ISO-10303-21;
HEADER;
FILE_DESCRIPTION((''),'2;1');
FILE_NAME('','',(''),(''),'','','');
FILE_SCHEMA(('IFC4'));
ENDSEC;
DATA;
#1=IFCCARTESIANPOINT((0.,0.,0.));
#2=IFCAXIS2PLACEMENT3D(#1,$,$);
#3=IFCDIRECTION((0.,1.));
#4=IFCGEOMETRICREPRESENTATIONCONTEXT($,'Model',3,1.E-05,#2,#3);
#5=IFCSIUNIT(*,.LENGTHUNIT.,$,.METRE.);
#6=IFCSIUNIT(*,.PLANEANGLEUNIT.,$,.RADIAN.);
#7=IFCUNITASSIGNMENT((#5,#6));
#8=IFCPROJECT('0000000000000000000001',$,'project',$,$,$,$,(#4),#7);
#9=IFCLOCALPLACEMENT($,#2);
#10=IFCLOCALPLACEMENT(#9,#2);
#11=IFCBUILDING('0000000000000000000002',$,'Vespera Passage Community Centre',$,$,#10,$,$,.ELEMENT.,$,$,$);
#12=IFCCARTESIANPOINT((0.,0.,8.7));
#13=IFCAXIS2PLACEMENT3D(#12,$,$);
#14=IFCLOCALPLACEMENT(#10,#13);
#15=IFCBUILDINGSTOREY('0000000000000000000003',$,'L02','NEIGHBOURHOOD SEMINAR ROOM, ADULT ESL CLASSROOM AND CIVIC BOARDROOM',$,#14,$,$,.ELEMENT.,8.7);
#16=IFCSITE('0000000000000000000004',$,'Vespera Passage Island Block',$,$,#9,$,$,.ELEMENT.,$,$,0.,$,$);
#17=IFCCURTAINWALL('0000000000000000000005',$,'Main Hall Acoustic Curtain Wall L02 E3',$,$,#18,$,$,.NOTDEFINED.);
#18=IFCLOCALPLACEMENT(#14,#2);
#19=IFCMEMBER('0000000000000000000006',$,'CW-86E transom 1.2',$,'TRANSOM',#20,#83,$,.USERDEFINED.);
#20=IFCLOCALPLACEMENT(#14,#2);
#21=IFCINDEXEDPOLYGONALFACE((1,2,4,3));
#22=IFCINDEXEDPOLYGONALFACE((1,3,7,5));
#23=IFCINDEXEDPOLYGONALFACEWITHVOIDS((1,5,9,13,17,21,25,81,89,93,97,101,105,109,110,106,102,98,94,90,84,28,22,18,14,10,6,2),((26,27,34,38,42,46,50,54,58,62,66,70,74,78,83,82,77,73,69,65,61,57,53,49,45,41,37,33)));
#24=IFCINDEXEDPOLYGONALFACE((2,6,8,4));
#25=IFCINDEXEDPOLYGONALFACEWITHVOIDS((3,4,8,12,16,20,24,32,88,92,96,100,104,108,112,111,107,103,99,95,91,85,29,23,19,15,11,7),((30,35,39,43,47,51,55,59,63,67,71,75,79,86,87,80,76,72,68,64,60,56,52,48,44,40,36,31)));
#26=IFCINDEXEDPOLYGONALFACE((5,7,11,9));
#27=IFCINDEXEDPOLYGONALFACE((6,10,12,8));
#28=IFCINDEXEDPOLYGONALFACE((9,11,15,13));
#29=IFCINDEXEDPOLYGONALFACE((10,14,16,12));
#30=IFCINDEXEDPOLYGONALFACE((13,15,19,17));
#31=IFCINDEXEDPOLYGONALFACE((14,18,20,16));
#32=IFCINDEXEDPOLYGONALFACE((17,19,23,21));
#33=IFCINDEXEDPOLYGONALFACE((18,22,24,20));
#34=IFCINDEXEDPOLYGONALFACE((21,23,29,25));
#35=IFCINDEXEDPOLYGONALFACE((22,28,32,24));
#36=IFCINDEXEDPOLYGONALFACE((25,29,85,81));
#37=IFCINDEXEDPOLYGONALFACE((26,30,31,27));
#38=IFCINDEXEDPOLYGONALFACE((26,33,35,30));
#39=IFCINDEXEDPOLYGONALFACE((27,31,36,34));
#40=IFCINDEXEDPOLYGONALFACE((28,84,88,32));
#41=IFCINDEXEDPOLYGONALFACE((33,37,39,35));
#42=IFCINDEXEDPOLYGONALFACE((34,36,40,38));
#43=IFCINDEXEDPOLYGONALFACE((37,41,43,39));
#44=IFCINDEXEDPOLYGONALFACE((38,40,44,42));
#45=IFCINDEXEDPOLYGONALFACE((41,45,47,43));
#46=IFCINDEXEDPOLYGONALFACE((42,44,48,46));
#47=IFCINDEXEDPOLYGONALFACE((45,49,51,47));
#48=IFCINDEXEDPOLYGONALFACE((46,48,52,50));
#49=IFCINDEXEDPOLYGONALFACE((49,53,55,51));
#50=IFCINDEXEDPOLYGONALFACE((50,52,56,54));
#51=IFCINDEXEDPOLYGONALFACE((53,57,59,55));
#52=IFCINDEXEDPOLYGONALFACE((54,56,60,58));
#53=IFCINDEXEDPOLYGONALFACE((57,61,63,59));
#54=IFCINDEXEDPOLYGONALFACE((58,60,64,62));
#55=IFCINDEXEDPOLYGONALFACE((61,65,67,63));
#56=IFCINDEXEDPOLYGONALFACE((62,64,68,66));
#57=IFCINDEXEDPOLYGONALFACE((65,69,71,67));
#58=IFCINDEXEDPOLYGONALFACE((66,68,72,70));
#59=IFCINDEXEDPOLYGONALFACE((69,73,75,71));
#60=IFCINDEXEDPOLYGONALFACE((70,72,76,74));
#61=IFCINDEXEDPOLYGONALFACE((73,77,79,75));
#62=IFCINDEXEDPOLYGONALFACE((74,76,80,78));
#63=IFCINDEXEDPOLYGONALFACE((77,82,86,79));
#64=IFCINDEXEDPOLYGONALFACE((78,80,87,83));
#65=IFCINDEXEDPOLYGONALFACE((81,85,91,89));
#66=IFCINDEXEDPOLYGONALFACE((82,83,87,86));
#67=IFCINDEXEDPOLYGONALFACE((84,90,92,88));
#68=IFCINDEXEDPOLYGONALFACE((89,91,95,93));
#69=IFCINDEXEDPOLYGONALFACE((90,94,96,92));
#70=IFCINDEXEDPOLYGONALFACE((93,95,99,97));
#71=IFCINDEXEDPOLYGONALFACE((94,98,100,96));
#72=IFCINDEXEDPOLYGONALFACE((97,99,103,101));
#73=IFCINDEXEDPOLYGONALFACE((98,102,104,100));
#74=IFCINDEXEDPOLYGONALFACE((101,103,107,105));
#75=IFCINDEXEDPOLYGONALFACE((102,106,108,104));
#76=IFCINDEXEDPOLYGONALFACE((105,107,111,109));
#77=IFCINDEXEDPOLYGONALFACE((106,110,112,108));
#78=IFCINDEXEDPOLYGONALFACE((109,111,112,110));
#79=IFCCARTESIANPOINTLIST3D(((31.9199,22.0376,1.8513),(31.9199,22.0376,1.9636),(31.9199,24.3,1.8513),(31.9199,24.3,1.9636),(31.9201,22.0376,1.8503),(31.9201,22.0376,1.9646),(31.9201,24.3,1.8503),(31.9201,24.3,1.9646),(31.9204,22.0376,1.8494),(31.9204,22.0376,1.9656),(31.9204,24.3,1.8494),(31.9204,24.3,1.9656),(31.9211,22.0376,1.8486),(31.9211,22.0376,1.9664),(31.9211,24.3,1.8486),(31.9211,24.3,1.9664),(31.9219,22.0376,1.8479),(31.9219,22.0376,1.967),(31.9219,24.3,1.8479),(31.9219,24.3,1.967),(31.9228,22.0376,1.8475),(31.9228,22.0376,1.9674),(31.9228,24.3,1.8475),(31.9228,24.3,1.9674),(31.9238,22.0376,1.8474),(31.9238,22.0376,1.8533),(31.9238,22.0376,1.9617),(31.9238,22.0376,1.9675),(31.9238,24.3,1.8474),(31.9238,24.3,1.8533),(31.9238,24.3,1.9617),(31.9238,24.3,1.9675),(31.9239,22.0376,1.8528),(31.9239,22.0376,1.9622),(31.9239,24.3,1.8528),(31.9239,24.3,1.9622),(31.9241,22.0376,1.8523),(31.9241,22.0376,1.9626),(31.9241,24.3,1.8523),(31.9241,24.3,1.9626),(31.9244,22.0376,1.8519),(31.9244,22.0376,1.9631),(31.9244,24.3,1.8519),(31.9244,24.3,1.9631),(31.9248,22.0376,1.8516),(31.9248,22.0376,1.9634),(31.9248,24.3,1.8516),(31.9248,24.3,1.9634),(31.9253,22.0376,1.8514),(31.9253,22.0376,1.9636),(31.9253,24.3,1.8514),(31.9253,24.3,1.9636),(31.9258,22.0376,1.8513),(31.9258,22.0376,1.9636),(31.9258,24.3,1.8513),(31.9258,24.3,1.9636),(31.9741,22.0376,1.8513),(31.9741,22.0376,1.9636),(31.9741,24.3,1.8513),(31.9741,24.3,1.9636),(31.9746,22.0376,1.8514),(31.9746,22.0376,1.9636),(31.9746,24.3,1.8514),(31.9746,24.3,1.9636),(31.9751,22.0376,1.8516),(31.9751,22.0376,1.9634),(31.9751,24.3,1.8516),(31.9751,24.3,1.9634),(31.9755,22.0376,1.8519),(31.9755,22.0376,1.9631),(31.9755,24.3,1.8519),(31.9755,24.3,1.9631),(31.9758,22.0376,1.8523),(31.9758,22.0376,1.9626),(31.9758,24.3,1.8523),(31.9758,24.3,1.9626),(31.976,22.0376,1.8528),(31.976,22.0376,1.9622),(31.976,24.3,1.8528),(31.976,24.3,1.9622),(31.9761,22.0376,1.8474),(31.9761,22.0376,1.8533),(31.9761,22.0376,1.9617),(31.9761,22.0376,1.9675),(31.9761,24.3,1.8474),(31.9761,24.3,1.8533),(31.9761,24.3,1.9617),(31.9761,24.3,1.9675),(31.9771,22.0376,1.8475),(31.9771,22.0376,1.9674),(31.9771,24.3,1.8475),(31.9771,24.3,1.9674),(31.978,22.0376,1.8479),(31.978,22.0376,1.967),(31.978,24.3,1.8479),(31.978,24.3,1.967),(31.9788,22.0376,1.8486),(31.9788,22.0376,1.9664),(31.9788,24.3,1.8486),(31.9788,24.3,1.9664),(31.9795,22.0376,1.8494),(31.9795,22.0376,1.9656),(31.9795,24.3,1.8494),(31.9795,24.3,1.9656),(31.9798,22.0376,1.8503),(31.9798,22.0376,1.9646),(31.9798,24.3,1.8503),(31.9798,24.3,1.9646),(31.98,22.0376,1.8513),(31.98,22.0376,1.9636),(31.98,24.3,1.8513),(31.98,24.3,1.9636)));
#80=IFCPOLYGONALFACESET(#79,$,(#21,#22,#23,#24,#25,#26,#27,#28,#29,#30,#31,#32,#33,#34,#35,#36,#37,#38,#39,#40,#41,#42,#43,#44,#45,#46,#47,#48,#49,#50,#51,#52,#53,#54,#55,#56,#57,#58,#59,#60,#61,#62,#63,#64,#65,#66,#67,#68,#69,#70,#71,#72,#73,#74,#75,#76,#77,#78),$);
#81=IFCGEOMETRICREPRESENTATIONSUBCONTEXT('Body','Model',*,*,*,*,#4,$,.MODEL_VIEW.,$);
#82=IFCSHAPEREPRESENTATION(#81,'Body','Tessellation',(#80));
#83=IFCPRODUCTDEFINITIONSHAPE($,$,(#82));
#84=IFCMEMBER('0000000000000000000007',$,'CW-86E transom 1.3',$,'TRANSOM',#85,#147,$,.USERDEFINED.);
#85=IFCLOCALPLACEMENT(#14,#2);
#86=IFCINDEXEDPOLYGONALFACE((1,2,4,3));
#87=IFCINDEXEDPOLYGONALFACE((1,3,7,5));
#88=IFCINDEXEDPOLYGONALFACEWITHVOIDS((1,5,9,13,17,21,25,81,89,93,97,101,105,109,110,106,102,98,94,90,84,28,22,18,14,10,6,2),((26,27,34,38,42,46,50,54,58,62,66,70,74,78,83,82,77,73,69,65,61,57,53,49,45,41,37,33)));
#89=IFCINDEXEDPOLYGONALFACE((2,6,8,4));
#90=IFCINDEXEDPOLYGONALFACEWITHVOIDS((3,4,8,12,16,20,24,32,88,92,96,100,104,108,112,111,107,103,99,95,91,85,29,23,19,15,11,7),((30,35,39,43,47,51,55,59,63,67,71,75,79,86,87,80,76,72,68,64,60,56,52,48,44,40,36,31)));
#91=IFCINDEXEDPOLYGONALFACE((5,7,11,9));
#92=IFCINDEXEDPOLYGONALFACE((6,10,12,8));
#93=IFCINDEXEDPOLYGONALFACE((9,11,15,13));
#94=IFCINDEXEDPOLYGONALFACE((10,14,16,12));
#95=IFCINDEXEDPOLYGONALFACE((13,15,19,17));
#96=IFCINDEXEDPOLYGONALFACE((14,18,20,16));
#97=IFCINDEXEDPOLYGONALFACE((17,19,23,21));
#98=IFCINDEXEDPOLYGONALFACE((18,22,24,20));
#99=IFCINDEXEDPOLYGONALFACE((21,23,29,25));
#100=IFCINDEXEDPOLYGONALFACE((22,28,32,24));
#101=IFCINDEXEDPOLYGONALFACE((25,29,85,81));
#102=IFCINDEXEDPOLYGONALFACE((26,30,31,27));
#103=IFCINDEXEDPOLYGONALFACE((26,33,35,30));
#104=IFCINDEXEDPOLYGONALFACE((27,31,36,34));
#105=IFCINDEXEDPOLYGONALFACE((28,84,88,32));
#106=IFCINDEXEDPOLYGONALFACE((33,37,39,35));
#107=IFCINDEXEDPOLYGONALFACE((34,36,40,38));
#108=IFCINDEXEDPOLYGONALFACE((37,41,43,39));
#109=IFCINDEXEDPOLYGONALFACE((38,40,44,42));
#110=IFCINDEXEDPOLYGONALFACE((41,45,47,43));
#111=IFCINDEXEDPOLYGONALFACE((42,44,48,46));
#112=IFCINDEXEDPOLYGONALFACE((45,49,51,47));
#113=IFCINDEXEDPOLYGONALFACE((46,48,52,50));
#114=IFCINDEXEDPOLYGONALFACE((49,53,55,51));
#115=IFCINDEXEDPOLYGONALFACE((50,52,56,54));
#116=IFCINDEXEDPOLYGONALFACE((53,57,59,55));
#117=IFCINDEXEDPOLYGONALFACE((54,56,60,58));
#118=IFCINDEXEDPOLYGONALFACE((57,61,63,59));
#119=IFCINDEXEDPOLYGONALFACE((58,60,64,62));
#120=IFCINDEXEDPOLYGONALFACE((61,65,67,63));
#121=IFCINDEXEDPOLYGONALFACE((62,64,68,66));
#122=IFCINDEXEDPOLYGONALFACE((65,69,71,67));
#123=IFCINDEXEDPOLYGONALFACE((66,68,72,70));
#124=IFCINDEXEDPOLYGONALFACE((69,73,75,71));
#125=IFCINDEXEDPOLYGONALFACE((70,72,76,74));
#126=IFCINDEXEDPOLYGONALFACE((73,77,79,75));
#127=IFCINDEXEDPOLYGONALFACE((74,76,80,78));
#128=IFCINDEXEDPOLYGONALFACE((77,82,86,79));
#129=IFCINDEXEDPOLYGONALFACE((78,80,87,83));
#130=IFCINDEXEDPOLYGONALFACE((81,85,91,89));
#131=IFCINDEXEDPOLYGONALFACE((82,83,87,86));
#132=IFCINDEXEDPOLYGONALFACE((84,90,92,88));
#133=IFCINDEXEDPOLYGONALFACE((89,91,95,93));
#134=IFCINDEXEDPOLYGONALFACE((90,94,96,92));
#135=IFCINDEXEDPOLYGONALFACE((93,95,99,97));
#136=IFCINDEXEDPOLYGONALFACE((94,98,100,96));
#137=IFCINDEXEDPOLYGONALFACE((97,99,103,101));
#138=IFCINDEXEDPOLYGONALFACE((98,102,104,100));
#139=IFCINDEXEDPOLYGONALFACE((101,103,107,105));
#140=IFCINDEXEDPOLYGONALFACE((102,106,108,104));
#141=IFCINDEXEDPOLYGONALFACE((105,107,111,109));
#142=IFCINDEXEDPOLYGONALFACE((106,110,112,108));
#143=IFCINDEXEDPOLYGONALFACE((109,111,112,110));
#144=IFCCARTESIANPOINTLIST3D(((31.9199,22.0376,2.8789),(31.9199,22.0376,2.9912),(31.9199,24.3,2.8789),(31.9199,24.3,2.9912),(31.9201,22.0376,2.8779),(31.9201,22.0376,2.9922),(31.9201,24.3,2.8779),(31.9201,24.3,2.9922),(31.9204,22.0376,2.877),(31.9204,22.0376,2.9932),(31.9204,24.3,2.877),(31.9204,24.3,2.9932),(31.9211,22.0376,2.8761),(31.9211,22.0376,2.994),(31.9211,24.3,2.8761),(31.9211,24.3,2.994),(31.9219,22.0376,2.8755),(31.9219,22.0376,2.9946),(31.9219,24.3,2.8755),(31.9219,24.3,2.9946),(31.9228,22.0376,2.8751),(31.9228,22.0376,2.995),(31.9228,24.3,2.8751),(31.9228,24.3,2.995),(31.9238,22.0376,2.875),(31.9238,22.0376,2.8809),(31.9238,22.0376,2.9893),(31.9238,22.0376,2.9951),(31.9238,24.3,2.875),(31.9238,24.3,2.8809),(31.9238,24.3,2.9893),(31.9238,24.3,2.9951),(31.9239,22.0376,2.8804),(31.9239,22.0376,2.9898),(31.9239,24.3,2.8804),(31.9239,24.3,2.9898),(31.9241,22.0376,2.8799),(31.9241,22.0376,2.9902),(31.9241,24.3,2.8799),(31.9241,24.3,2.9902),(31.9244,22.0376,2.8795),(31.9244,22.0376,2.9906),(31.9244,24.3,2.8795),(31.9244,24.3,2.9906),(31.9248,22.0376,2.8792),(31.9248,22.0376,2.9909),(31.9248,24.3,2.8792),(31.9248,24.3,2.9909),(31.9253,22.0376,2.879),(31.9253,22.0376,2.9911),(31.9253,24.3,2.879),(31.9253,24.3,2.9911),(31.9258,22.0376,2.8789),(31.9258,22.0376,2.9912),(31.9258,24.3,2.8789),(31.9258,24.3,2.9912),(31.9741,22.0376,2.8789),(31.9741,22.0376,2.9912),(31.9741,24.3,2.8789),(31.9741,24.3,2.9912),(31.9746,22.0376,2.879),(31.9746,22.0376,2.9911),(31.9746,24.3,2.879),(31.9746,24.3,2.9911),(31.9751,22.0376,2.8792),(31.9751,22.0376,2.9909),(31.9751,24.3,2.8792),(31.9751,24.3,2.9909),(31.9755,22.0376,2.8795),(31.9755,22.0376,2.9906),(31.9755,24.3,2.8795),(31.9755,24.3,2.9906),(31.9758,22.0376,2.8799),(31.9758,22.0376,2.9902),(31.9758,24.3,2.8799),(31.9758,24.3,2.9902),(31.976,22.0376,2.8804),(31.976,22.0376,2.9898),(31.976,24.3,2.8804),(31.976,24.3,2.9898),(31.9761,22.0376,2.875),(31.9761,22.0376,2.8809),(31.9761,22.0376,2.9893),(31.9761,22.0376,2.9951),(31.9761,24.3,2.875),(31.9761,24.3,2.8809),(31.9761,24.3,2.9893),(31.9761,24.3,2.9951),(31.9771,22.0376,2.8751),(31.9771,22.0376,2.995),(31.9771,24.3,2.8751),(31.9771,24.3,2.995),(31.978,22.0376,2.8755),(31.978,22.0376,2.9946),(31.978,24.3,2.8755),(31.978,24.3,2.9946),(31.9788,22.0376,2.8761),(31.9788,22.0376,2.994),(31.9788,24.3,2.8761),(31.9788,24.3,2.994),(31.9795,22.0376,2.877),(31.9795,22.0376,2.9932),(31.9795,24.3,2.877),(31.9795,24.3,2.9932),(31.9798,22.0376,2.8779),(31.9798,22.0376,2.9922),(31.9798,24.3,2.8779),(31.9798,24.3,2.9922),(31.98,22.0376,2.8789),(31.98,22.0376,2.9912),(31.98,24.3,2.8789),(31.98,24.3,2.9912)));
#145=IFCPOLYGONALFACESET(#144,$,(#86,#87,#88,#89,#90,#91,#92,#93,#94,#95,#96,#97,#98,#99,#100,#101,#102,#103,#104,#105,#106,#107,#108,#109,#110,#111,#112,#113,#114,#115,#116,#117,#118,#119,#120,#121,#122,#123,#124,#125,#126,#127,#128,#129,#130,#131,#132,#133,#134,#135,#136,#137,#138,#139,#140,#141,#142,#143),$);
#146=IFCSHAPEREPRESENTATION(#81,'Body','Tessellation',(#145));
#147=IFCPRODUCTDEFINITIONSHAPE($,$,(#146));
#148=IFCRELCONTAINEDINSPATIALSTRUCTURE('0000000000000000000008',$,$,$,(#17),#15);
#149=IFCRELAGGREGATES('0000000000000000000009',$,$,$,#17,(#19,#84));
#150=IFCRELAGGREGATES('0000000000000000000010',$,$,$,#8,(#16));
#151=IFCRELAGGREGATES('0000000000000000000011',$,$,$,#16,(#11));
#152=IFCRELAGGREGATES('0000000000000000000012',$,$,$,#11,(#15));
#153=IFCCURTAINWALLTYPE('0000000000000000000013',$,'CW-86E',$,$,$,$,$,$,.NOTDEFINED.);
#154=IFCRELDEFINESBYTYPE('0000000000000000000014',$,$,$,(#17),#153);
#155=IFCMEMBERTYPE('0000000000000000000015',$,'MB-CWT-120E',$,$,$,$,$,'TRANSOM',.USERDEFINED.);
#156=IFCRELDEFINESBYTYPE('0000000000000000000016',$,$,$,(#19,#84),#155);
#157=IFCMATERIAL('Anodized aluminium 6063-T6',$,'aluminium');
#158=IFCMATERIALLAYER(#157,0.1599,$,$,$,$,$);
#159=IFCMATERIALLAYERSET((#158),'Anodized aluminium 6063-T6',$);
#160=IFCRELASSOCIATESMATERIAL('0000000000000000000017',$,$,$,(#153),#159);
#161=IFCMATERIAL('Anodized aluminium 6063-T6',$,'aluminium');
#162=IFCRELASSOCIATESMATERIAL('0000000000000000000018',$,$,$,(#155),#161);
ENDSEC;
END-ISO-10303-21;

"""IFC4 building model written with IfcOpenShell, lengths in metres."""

from ifc_helpers import new_model, si_unit, direction, frame, origin, origin_2d, place, context, subcontext, project, spatial, hollow_rectangle, extrude, material, layer, layer_set, material_profile, profile_set, type_object, element, aggregate, save


model = new_model("IFC4")

# Units and contexts
model_context = context("Model", 3, precision=1e-05, world=origin(), true_north=direction((0.0, 1.0)))
body_context = subcontext(model_context, "Body", "Model", "MODEL_VIEW")
ifc_project = project(units=[si_unit("LENGTHUNIT", "METRE"), si_unit("PLANEANGLEUNIT", "RADIAN")], contexts=[model_context])

# Site, building, storey
site_placement = place(None, origin())
site = spatial("IfcSite", under=ifc_project, at=site_placement, Name="Vespera Passage Island Block", CompositionType="ELEMENT", RefElevation=0.0)
building_placement = place(site_placement, origin())
building = spatial("IfcBuilding", under=site, at=building_placement, Name="Vespera Passage Community Centre", CompositionType="ELEMENT")
storey_placement = place(building_placement, frame((0.0, 0.0, 8.7)))
storey = spatial("IfcBuildingStorey", under=building, at=storey_placement, Name="L02", Description="NEIGHBOURHOOD SEMINAR ROOM, ADULT ESL CLASSROOM AND CIVIC BOARDROOM", CompositionType="ELEMENT", Elevation=8.7)

# Shared definitions
ifc_material_1 = material(Name="Anodized aluminium 6063-T6", Category="aluminium")
ifc_layer_1 = layer(ifc_material_1, 0.1599)
ifc_layer_set_1 = layer_set([ifc_layer_1], Name="Anodized aluminium 6063-T6")
curtain_wall_type = type_object("IfcCurtainWallType", Name="CW-86E", PredefinedType="NOTDEFINED", material=ifc_layer_set_1)

# Curtain wall
curtain_wall_1_placement = place(storey_placement, origin())
curtain_wall_1 = element("IfcCurtainWall", 1, at=curtain_wall_1_placement, inside=storey, type_object=curtain_wall_type, Name="Main Hall Acoustic Curtain Wall L02 E3", PredefinedType="NOTDEFINED")

# Members
ifc_material_2 = material(Name="Anodized aluminium 6063-T6", Category="aluminium")
ifc_material_profile_1 = material_profile(ifc_material_2, hollow_rectangle(XDim=0.0601, YDim=0.1201, WallThickness=0.0039, InnerFilletRadius=0.002, OuterFilletRadius=0.0039, at=origin_2d()), Name="ALU120X60X4")
ifc_profile_set_1 = profile_set([ifc_material_profile_1], Name="Anodized aluminium 6063-T6")
member_type_1 = type_object("IfcMemberType", Name="MB-CWT-120E", ElementType="TRANSOM", PredefinedType="USERDEFINED", material=ifc_profile_set_1)
member_1_placement = place(storey_placement, frame((31.95, 24.3, 1.9075), z_axis=(0.0, -1.0, 0.0), x_axis=(1.0, 0.0, 0.0)))
member_1 = element("IfcMember", 2, at=member_1_placement, type_object=member_type_1, Name="CW-86E transom 1.2", ObjectType="TRANSOM", PredefinedType="USERDEFINED", context=body_context, shape_type="SweptSolid", body=[
    extrude(hollow_rectangle(XDim=0.0601, YDim=0.1201, WallThickness=0.0039, InnerFilletRadius=0.002, OuterFilletRadius=0.0039, at=origin_2d()), origin(), (0.0, 0.0, 1.0), 2.2625),
])
member_2_placement = place(storey_placement, frame((31.95, 24.3, 2.9351), z_axis=(0.0, -1.0, 0.0), x_axis=(1.0, 0.0, 0.0)))
member_2 = element("IfcMember", 3, at=member_2_placement, type_object=member_type_1, Name="CW-86E transom 1.3", ObjectType="TRANSOM", PredefinedType="USERDEFINED", context=body_context, shape_type="SweptSolid", body=[
    extrude(hollow_rectangle(XDim=0.0601, YDim=0.1201, WallThickness=0.0039, InnerFilletRadius=0.002, OuterFilletRadius=0.0039, at=origin_2d()), origin(), (0.0, 0.0, 1.0), 2.2625),
])

aggregate(curtain_wall_1, [member_1, member_2])

save(model, "model.ifc")
